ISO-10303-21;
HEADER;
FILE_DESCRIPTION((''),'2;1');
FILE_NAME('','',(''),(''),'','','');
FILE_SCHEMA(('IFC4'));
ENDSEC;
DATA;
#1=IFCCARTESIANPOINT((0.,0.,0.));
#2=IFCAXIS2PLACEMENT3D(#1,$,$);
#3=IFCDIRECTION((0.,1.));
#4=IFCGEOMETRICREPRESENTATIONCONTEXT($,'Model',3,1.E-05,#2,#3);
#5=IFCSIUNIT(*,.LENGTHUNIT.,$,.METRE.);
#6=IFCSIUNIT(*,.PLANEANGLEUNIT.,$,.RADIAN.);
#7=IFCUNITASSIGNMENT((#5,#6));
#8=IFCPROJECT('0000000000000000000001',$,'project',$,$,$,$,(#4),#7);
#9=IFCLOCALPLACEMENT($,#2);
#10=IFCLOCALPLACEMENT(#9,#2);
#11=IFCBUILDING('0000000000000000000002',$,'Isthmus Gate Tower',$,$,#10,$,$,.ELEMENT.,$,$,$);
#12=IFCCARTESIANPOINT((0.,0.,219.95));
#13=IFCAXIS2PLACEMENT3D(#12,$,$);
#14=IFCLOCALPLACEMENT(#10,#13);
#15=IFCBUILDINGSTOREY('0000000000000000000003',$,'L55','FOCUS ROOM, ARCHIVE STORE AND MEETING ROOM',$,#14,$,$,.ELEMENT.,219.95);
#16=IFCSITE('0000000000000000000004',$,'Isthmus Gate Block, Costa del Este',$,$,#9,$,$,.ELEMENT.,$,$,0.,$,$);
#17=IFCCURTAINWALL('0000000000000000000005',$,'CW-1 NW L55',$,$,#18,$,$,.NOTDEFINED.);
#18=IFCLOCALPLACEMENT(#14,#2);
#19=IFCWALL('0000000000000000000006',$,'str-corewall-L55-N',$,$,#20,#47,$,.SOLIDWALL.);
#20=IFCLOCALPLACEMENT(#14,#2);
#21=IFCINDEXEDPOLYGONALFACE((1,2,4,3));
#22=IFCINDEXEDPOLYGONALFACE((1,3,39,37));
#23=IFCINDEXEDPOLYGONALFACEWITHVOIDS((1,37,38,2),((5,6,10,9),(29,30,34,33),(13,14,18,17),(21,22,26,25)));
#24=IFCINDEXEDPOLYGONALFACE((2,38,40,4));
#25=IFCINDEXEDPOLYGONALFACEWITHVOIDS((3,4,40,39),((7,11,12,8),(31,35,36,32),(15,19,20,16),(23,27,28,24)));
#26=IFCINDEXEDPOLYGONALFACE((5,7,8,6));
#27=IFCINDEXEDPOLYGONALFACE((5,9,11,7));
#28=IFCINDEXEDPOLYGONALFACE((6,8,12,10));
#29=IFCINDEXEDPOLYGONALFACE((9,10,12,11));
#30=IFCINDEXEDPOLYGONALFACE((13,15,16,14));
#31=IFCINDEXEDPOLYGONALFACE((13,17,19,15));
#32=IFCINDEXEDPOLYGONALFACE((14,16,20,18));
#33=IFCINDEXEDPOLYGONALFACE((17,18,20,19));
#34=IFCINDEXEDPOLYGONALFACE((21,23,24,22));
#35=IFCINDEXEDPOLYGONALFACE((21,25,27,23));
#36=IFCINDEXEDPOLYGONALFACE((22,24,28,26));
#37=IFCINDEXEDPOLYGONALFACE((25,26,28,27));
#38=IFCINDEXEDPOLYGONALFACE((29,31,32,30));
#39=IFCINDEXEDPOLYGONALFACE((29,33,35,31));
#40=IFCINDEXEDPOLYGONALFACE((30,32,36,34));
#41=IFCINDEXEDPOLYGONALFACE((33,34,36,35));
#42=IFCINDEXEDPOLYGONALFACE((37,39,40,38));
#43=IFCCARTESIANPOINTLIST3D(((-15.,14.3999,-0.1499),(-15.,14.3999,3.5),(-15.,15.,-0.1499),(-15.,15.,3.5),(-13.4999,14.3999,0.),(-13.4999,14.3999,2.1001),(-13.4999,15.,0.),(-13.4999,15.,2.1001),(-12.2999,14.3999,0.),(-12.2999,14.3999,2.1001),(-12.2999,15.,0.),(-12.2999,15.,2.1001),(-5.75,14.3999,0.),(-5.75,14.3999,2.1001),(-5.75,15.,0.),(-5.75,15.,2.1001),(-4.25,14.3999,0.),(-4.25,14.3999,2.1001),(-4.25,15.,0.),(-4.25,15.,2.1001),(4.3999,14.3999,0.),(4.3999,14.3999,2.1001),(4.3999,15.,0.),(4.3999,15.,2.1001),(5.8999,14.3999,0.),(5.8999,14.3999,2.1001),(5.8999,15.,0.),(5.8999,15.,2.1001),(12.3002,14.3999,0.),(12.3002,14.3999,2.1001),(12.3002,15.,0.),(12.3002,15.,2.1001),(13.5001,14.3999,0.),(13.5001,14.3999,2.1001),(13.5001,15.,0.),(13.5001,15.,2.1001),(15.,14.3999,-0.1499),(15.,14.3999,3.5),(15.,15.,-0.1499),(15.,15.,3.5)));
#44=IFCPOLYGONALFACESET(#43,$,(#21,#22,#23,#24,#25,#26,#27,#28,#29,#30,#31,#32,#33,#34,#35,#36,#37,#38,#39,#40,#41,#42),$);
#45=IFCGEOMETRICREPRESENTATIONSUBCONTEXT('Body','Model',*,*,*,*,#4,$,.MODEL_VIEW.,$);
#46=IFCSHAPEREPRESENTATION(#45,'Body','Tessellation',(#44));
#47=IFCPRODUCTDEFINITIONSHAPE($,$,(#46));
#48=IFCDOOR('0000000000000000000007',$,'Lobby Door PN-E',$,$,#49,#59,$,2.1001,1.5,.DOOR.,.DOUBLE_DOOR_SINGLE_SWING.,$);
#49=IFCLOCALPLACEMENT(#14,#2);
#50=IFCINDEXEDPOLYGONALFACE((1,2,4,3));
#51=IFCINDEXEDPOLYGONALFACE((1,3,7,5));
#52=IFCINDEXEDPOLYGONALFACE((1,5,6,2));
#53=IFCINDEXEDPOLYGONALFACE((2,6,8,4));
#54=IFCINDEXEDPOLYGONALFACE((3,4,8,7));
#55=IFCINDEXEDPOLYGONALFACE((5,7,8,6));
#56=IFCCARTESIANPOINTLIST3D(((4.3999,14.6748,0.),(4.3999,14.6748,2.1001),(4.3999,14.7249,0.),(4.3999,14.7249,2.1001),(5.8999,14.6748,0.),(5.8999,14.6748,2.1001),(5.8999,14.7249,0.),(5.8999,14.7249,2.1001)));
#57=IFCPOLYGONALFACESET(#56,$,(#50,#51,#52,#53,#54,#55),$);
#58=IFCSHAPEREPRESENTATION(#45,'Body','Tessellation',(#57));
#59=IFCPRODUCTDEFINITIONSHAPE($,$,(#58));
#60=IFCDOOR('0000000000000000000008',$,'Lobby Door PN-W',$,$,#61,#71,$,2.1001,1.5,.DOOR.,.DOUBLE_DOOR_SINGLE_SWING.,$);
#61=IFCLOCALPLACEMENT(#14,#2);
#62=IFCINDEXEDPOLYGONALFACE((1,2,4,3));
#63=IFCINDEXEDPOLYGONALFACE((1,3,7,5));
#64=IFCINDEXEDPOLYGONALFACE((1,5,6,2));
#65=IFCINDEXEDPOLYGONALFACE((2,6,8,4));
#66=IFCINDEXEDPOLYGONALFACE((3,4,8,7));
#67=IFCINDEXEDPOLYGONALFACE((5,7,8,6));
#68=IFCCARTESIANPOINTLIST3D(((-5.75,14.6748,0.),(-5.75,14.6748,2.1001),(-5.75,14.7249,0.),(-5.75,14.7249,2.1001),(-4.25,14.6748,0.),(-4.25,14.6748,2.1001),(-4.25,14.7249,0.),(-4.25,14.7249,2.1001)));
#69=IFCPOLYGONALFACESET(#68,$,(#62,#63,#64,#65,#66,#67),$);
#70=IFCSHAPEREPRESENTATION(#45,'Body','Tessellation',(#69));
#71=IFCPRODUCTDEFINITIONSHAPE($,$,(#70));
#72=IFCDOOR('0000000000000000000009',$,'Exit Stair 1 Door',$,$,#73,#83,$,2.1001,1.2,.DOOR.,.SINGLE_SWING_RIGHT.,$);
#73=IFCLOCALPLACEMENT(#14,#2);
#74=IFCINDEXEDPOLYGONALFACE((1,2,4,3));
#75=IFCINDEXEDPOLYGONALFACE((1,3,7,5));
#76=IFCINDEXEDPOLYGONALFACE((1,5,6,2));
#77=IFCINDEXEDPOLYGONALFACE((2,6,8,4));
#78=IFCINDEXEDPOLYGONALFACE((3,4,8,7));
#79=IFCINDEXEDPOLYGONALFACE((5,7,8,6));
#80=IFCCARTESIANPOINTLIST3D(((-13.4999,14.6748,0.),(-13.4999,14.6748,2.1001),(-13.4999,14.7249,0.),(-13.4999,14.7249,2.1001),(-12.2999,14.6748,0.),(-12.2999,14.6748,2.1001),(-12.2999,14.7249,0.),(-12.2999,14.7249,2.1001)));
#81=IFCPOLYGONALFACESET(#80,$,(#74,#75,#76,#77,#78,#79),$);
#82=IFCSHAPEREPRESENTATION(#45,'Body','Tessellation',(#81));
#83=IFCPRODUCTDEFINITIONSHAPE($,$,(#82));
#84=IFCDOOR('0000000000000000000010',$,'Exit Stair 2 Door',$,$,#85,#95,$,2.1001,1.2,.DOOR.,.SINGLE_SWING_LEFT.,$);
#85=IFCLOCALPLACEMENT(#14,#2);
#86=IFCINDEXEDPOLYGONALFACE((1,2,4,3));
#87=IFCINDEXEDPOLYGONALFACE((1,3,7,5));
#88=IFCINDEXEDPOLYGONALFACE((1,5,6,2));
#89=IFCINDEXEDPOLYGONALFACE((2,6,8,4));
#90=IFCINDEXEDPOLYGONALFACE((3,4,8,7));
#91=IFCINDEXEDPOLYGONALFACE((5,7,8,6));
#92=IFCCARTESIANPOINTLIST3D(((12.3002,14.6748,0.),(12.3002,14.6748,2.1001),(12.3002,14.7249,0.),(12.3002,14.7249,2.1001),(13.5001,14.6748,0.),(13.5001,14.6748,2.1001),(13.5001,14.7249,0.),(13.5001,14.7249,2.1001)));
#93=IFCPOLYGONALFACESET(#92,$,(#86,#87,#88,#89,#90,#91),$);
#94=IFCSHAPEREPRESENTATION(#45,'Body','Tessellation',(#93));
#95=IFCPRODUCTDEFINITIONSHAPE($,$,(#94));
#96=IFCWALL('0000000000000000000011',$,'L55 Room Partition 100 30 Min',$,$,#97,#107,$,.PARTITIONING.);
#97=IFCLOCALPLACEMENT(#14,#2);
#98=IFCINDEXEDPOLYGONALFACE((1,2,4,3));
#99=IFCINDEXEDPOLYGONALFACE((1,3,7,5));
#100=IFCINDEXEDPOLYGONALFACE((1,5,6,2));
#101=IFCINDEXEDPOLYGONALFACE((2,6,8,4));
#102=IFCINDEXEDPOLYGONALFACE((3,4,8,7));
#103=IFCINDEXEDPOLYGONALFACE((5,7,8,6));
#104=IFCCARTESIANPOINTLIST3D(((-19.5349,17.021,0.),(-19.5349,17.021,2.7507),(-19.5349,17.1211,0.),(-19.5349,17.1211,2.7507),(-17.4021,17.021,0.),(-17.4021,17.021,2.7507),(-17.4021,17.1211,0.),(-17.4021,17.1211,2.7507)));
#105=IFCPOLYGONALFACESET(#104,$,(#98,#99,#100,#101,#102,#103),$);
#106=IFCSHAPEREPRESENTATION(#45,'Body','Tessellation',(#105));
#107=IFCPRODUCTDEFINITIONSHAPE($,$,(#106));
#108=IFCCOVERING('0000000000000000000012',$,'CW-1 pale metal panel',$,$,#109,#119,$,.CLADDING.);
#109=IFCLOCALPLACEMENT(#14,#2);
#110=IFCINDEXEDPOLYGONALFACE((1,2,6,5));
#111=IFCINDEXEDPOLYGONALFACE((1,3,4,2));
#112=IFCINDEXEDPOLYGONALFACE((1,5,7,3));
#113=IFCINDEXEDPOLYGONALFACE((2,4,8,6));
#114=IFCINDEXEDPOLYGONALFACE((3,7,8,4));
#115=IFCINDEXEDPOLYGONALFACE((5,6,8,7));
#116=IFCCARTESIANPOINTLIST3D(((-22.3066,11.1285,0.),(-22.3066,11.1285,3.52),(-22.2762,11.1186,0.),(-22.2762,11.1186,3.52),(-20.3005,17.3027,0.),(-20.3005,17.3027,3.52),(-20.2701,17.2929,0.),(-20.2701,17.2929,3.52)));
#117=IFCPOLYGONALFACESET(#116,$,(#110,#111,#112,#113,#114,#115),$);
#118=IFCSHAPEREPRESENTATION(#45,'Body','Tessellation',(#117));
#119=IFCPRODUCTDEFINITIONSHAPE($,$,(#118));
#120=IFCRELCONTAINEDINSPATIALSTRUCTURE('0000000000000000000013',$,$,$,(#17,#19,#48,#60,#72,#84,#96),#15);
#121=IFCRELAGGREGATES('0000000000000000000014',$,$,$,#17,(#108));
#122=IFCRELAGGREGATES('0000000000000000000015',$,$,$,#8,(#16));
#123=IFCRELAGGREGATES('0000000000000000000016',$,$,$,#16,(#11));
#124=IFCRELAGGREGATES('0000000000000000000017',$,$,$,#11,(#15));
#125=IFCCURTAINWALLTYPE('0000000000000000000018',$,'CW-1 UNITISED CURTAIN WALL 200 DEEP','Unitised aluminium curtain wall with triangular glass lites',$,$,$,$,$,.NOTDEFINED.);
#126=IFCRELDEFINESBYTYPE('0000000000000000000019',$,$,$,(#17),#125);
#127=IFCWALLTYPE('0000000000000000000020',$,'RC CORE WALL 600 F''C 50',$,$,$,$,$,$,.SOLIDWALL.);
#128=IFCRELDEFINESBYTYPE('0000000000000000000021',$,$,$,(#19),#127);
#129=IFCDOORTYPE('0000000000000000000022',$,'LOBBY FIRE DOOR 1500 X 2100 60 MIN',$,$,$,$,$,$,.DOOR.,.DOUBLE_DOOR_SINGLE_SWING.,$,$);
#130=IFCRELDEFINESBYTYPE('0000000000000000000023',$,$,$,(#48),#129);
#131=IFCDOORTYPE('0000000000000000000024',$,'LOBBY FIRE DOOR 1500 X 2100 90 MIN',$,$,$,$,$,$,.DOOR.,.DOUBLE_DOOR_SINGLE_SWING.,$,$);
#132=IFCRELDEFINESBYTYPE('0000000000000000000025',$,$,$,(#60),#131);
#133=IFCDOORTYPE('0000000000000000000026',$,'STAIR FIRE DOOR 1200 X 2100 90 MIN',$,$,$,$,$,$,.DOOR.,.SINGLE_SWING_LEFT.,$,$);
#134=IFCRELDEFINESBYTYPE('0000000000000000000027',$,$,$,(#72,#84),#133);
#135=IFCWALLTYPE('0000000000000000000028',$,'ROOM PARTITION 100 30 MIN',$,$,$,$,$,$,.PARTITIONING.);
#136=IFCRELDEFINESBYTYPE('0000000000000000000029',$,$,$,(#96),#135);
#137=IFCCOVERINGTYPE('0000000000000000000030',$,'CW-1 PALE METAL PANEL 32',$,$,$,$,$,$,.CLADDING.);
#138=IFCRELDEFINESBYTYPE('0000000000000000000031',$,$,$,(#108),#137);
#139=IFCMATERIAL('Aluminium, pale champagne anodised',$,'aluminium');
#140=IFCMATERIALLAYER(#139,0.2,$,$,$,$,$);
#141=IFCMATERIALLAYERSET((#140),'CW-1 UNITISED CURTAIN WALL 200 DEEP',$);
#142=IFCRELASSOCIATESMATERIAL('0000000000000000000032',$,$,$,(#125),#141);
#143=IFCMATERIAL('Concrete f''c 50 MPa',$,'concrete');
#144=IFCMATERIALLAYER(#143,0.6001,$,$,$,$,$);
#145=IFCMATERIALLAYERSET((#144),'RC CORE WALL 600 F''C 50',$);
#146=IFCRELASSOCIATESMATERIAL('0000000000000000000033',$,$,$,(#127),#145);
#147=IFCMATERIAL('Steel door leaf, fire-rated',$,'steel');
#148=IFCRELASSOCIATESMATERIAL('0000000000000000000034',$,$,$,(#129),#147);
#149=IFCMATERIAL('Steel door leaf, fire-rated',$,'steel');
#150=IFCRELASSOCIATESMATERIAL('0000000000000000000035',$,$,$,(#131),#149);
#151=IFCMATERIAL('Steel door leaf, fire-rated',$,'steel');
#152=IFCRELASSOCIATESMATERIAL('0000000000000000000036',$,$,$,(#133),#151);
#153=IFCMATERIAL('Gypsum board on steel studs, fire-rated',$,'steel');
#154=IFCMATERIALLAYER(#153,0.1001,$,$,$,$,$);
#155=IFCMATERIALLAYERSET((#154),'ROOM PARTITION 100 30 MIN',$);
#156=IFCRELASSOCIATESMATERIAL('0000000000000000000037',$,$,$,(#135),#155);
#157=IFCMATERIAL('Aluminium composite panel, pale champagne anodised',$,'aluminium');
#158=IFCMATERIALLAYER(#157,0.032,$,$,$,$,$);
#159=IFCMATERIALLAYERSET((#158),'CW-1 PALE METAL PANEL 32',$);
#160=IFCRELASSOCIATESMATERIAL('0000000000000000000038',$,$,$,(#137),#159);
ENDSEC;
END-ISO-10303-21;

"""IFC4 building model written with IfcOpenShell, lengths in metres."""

from ifc_helpers import new_model, si_unit, direction, frame, frame_2d, origin, origin_2d, place, context, subcontext, project, spatial, rectangle, extrude, material, layer, layer_set, type_object, element, fill, aggregate, save


model = new_model("IFC4")

# Units and contexts
model_context = context("Model", 3, precision=1e-05, world=origin(), true_north=direction((0.0, 1.0)))
body_context = subcontext(model_context, "Body", "Model", "MODEL_VIEW")
ifc_project = project(units=[si_unit("LENGTHUNIT", "METRE"), si_unit("PLANEANGLEUNIT", "RADIAN")], contexts=[model_context])

# Site, building, storey
site_placement = place(None, origin())
site = spatial("IfcSite", under=ifc_project, at=site_placement, Name="Isthmus Gate Block, Costa del Este", CompositionType="ELEMENT", RefElevation=0.0)
building_placement = place(site_placement, origin())
building = spatial("IfcBuilding", under=site, at=building_placement, Name="Isthmus Gate Tower", CompositionType="ELEMENT")
storey_placement = place(building_placement, frame((0.0, 0.0, 219.95)))
storey = spatial("IfcBuildingStorey", under=building, at=storey_placement, Name="L55", Description="FOCUS ROOM, ARCHIVE STORE AND MEETING ROOM", CompositionType="ELEMENT", Elevation=219.95)

# Curtain wall
ifc_material_1 = material(Name="Aluminium, pale champagne anodised", Category="aluminium")
ifc_layer_1 = layer(ifc_material_1, 0.2)
ifc_layer_set_1 = layer_set([ifc_layer_1], Name="CW-1 UNITISED CURTAIN WALL 200 DEEP")
curtain_wall_type = type_object("IfcCurtainWallType", Name="CW-1 UNITISED CURTAIN WALL 200 DEEP", Description="Unitised aluminium curtain wall with triangular glass lites", PredefinedType="NOTDEFINED", material=ifc_layer_set_1)
curtain_wall_1_placement = place(storey_placement, origin())
curtain_wall_1 = element("IfcCurtainWall", 1, at=curtain_wall_1_placement, inside=storey, type_object=curtain_wall_type, Name="CW-1 NW L55", PredefinedType="NOTDEFINED")

# Wall, openings, doors
ifc_material_2 = material(Name="Concrete f'c 50 MPa", Category="concrete")
ifc_layer_2 = layer(ifc_material_2, 0.6001)
ifc_layer_set_2 = layer_set([ifc_layer_2], Name="RC CORE WALL 600 F'C 50")
wall_type_1 = type_object("IfcWallType", Name="RC CORE WALL 600 F'C 50", PredefinedType="SOLIDWALL", material=ifc_layer_set_2)
wall_1_placement = place(storey_placement, frame((-15.0, 14.7, -0.1499), z_axis=(0.0, 0.0, 1.0), x_axis=(1.0, 0.0, 0.0)))
wall_1 = element("IfcWall", 2, at=wall_1_placement, inside=storey, type_object=wall_type_1, Name="str-corewall-L55-N", PredefinedType="SOLIDWALL", context=body_context, shape_type="SweptSolid", body=[
    extrude(rectangle(XDim=30.0, YDim=0.6001, at=frame_2d((15.0, 0.0))), origin(), (0.0, 0.0, 1.0), 3.6499),
])
opening_1_placement = place(wall_1_placement, frame((9.25, 0.0, 0.1499)))
opening_1 = element("IfcOpeningElement", 3, at=opening_1_placement, cuts=wall_1, PredefinedType="OPENING", context=body_context, shape_type="SweptSolid", body=[
    extrude(rectangle(XDim=1.5, YDim=2.1001, at=frame_2d((0.75, 1.05))), frame((0.0, 0.3101, 0.0), z_axis=(0.0, -1.0, 0.0), x_axis=(1.0, 0.0, 0.0)), (0.0, 0.0, 1.0), 0.6201),
])
opening_2_placement = place(wall_1_placement, frame((19.3999, 0.0, 0.1499)))
opening_2 = element("IfcOpeningElement", 4, at=opening_2_placement, cuts=wall_1, PredefinedType="OPENING", context=body_context, shape_type="SweptSolid", body=[
    extrude(rectangle(XDim=1.5, YDim=2.1001, at=frame_2d((0.75, 1.05))), frame((0.0, 0.3101, 0.0), z_axis=(0.0, -1.0, 0.0), x_axis=(1.0, 0.0, 0.0)), (0.0, 0.0, 1.0), 0.6201),
])
opening_3_placement = place(wall_1_placement, frame((1.5, 0.0, 0.1499)))
opening_3 = element("IfcOpeningElement", 5, at=opening_3_placement, cuts=wall_1, PredefinedType="OPENING", context=body_context, shape_type="SweptSolid", body=[
    extrude(rectangle(XDim=1.2, YDim=2.1001, at=frame_2d((0.6001, 1.05))), frame((0.0, 0.3101, 0.0), z_axis=(0.0, -1.0, 0.0), x_axis=(1.0, 0.0, 0.0)), (0.0, 0.0, 1.0), 0.6201),
])
opening_4_placement = place(wall_1_placement, frame((27.3, 0.0, 0.1499)))
opening_4 = element("IfcOpeningElement", 6, at=opening_4_placement, cuts=wall_1, PredefinedType="OPENING", context=body_context, shape_type="SweptSolid", body=[
    extrude(rectangle(XDim=1.2, YDim=2.1001, at=frame_2d((0.6001, 1.05))), frame((0.0, 0.3101, 0.0), z_axis=(0.0, -1.0, 0.0), x_axis=(1.0, 0.0, 0.0)), (0.0, 0.0, 1.0), 0.6201),
])
ifc_material_3 = material(Name="Steel door leaf, fire-rated", Category="steel")
door_type_1 = type_object("IfcDoorType", Name="LOBBY FIRE DOOR 1500 X 2100 60 MIN", OperationType="DOUBLE_DOOR_SINGLE_SWING", PredefinedType="DOOR", material=ifc_material_3)
door_1_placement = place(opening_2_placement, origin())
door_1 = element("IfcDoor", 7, at=door_1_placement, inside=storey, type_object=door_type_1, Name="Lobby Door PN-E", OperationType="DOUBLE_DOOR_SINGLE_SWING", OverallHeight=2.1001, OverallWidth=1.5, PredefinedType="DOOR", context=body_context, shape_type="SweptSolid", body=[
    extrude(rectangle(XDim=1.5, YDim=2.1001, at=frame_2d((0.75, 1.05))), frame((0.0, 0.0249, 0.0), z_axis=(0.0, -1.0, 0.0), x_axis=(1.0, 0.0, 0.0)), (0.0, 0.0, 1.0), 0.05),
])
fill(opening_2, door_1)
ifc_material_4 = material(Name="Steel door leaf, fire-rated", Category="steel")
door_type_2 = type_object("IfcDoorType", Name="LOBBY FIRE DOOR 1500 X 2100 90 MIN", OperationType="DOUBLE_DOOR_SINGLE_SWING", PredefinedType="DOOR", material=ifc_material_4)
door_2_placement = place(opening_1_placement, origin())
door_2 = element("IfcDoor", 8, at=door_2_placement, inside=storey, type_object=door_type_2, Name="Lobby Door PN-W", OperationType="DOUBLE_DOOR_SINGLE_SWING", OverallHeight=2.1001, OverallWidth=1.5, PredefinedType="DOOR", context=body_context, shape_type="SweptSolid", body=[
    extrude(rectangle(XDim=1.5, YDim=2.1001, at=frame_2d((0.75, 1.05))), frame((0.0, 0.0249, 0.0), z_axis=(0.0, -1.0, 0.0), x_axis=(1.0, 0.0, 0.0)), (0.0, 0.0, 1.0), 0.05),
])
fill(opening_1, door_2)
ifc_material_5 = material(Name="Steel door leaf, fire-rated", Category="steel")
door_type_3 = type_object("IfcDoorType", Name="STAIR FIRE DOOR 1200 X 2100 90 MIN", OperationType="SINGLE_SWING_LEFT", PredefinedType="DOOR", material=ifc_material_5)
door_3_placement = place(opening_3_placement, origin())
door_3 = element("IfcDoor", 9, at=door_3_placement, inside=storey, type_object=door_type_3, Name="Exit Stair 1 Door", OperationType="SINGLE_SWING_RIGHT", OverallHeight=2.1001, OverallWidth=1.2, PredefinedType="DOOR", context=body_context, shape_type="SweptSolid", body=[
    extrude(rectangle(XDim=1.2, YDim=2.1001, at=frame_2d((0.6001, 1.05))), frame((0.0, 0.0249, 0.0), z_axis=(0.0, -1.0, 0.0), x_axis=(1.0, 0.0, 0.0)), (0.0, 0.0, 1.0), 0.05),
])
fill(opening_3, door_3)
door_4_placement = place(opening_4_placement, origin())
door_4 = element("IfcDoor", 10, at=door_4_placement, inside=storey, type_object=door_type_3, Name="Exit Stair 2 Door", OperationType="SINGLE_SWING_LEFT", OverallHeight=2.1001, OverallWidth=1.2, PredefinedType="DOOR", context=body_context, shape_type="SweptSolid", body=[
    extrude(rectangle(XDim=1.2, YDim=2.1001, at=frame_2d((0.6001, 1.05))), frame((0.0, 0.0249, 0.0), z_axis=(0.0, -1.0, 0.0), x_axis=(1.0, 0.0, 0.0)), (0.0, 0.0, 1.0), 0.05),
])
fill(opening_4, door_4)

# Wall
ifc_material_6 = material(Name="Gypsum board on steel studs, fire-rated", Category="steel")
ifc_layer_3 = layer(ifc_material_6, 0.1001)
ifc_layer_set_3 = layer_set([ifc_layer_3], Name="ROOM PARTITION 100 30 MIN")
wall_type_2 = type_object("IfcWallType", Name="ROOM PARTITION 100 30 MIN", PredefinedType="PARTITIONING", material=ifc_layer_set_3)
wall_2_placement = place(storey_placement, frame((-19.5349, 17.071, 0.0), z_axis=(0.0, 0.0, 1.0), x_axis=(1.0, 0.0, 0.0)))
element("IfcWall", 11, at=wall_2_placement, inside=storey, type_object=wall_type_2, Name="L55 Room Partition 100 30 Min", PredefinedType="PARTITIONING", context=body_context, shape_type="SweptSolid", body=[
    extrude(rectangle(XDim=2.1328, YDim=0.1001, at=frame_2d((1.0664, 0.0))), origin(), (0.0, 0.0, 1.0), 2.7507),
])

# Covering
ifc_material_7 = material(Name="Aluminium composite panel, pale champagne anodised", Category="aluminium")
ifc_layer_4 = layer(ifc_material_7, 0.032)
ifc_layer_set_4 = layer_set([ifc_layer_4], Name="CW-1 PALE METAL PANEL 32")
covering_type = type_object("IfcCoveringType", Name="CW-1 PALE METAL PANEL 32", PredefinedType="CLADDING", material=ifc_layer_set_4)
covering_placement = place(storey_placement, frame((-21.2883, 14.2107, 0.0), z_axis=(0.0, 0.0, 1.0), x_axis=(-0.309017, -0.951057, 0.0)))
covering = element("IfcCovering", 12, at=covering_placement, type_object=covering_type, Name="CW-1 pale metal panel", PredefinedType="CLADDING", context=body_context, shape_type="SweptSolid", body=[
    extrude(rectangle(XDim=6.4919, YDim=0.032, at=origin_2d()), origin(), (0.0, 0.0, 1.0), 3.52),
])
aggregate(curtain_wall_1, [covering])

save(model, "model.ifc")
